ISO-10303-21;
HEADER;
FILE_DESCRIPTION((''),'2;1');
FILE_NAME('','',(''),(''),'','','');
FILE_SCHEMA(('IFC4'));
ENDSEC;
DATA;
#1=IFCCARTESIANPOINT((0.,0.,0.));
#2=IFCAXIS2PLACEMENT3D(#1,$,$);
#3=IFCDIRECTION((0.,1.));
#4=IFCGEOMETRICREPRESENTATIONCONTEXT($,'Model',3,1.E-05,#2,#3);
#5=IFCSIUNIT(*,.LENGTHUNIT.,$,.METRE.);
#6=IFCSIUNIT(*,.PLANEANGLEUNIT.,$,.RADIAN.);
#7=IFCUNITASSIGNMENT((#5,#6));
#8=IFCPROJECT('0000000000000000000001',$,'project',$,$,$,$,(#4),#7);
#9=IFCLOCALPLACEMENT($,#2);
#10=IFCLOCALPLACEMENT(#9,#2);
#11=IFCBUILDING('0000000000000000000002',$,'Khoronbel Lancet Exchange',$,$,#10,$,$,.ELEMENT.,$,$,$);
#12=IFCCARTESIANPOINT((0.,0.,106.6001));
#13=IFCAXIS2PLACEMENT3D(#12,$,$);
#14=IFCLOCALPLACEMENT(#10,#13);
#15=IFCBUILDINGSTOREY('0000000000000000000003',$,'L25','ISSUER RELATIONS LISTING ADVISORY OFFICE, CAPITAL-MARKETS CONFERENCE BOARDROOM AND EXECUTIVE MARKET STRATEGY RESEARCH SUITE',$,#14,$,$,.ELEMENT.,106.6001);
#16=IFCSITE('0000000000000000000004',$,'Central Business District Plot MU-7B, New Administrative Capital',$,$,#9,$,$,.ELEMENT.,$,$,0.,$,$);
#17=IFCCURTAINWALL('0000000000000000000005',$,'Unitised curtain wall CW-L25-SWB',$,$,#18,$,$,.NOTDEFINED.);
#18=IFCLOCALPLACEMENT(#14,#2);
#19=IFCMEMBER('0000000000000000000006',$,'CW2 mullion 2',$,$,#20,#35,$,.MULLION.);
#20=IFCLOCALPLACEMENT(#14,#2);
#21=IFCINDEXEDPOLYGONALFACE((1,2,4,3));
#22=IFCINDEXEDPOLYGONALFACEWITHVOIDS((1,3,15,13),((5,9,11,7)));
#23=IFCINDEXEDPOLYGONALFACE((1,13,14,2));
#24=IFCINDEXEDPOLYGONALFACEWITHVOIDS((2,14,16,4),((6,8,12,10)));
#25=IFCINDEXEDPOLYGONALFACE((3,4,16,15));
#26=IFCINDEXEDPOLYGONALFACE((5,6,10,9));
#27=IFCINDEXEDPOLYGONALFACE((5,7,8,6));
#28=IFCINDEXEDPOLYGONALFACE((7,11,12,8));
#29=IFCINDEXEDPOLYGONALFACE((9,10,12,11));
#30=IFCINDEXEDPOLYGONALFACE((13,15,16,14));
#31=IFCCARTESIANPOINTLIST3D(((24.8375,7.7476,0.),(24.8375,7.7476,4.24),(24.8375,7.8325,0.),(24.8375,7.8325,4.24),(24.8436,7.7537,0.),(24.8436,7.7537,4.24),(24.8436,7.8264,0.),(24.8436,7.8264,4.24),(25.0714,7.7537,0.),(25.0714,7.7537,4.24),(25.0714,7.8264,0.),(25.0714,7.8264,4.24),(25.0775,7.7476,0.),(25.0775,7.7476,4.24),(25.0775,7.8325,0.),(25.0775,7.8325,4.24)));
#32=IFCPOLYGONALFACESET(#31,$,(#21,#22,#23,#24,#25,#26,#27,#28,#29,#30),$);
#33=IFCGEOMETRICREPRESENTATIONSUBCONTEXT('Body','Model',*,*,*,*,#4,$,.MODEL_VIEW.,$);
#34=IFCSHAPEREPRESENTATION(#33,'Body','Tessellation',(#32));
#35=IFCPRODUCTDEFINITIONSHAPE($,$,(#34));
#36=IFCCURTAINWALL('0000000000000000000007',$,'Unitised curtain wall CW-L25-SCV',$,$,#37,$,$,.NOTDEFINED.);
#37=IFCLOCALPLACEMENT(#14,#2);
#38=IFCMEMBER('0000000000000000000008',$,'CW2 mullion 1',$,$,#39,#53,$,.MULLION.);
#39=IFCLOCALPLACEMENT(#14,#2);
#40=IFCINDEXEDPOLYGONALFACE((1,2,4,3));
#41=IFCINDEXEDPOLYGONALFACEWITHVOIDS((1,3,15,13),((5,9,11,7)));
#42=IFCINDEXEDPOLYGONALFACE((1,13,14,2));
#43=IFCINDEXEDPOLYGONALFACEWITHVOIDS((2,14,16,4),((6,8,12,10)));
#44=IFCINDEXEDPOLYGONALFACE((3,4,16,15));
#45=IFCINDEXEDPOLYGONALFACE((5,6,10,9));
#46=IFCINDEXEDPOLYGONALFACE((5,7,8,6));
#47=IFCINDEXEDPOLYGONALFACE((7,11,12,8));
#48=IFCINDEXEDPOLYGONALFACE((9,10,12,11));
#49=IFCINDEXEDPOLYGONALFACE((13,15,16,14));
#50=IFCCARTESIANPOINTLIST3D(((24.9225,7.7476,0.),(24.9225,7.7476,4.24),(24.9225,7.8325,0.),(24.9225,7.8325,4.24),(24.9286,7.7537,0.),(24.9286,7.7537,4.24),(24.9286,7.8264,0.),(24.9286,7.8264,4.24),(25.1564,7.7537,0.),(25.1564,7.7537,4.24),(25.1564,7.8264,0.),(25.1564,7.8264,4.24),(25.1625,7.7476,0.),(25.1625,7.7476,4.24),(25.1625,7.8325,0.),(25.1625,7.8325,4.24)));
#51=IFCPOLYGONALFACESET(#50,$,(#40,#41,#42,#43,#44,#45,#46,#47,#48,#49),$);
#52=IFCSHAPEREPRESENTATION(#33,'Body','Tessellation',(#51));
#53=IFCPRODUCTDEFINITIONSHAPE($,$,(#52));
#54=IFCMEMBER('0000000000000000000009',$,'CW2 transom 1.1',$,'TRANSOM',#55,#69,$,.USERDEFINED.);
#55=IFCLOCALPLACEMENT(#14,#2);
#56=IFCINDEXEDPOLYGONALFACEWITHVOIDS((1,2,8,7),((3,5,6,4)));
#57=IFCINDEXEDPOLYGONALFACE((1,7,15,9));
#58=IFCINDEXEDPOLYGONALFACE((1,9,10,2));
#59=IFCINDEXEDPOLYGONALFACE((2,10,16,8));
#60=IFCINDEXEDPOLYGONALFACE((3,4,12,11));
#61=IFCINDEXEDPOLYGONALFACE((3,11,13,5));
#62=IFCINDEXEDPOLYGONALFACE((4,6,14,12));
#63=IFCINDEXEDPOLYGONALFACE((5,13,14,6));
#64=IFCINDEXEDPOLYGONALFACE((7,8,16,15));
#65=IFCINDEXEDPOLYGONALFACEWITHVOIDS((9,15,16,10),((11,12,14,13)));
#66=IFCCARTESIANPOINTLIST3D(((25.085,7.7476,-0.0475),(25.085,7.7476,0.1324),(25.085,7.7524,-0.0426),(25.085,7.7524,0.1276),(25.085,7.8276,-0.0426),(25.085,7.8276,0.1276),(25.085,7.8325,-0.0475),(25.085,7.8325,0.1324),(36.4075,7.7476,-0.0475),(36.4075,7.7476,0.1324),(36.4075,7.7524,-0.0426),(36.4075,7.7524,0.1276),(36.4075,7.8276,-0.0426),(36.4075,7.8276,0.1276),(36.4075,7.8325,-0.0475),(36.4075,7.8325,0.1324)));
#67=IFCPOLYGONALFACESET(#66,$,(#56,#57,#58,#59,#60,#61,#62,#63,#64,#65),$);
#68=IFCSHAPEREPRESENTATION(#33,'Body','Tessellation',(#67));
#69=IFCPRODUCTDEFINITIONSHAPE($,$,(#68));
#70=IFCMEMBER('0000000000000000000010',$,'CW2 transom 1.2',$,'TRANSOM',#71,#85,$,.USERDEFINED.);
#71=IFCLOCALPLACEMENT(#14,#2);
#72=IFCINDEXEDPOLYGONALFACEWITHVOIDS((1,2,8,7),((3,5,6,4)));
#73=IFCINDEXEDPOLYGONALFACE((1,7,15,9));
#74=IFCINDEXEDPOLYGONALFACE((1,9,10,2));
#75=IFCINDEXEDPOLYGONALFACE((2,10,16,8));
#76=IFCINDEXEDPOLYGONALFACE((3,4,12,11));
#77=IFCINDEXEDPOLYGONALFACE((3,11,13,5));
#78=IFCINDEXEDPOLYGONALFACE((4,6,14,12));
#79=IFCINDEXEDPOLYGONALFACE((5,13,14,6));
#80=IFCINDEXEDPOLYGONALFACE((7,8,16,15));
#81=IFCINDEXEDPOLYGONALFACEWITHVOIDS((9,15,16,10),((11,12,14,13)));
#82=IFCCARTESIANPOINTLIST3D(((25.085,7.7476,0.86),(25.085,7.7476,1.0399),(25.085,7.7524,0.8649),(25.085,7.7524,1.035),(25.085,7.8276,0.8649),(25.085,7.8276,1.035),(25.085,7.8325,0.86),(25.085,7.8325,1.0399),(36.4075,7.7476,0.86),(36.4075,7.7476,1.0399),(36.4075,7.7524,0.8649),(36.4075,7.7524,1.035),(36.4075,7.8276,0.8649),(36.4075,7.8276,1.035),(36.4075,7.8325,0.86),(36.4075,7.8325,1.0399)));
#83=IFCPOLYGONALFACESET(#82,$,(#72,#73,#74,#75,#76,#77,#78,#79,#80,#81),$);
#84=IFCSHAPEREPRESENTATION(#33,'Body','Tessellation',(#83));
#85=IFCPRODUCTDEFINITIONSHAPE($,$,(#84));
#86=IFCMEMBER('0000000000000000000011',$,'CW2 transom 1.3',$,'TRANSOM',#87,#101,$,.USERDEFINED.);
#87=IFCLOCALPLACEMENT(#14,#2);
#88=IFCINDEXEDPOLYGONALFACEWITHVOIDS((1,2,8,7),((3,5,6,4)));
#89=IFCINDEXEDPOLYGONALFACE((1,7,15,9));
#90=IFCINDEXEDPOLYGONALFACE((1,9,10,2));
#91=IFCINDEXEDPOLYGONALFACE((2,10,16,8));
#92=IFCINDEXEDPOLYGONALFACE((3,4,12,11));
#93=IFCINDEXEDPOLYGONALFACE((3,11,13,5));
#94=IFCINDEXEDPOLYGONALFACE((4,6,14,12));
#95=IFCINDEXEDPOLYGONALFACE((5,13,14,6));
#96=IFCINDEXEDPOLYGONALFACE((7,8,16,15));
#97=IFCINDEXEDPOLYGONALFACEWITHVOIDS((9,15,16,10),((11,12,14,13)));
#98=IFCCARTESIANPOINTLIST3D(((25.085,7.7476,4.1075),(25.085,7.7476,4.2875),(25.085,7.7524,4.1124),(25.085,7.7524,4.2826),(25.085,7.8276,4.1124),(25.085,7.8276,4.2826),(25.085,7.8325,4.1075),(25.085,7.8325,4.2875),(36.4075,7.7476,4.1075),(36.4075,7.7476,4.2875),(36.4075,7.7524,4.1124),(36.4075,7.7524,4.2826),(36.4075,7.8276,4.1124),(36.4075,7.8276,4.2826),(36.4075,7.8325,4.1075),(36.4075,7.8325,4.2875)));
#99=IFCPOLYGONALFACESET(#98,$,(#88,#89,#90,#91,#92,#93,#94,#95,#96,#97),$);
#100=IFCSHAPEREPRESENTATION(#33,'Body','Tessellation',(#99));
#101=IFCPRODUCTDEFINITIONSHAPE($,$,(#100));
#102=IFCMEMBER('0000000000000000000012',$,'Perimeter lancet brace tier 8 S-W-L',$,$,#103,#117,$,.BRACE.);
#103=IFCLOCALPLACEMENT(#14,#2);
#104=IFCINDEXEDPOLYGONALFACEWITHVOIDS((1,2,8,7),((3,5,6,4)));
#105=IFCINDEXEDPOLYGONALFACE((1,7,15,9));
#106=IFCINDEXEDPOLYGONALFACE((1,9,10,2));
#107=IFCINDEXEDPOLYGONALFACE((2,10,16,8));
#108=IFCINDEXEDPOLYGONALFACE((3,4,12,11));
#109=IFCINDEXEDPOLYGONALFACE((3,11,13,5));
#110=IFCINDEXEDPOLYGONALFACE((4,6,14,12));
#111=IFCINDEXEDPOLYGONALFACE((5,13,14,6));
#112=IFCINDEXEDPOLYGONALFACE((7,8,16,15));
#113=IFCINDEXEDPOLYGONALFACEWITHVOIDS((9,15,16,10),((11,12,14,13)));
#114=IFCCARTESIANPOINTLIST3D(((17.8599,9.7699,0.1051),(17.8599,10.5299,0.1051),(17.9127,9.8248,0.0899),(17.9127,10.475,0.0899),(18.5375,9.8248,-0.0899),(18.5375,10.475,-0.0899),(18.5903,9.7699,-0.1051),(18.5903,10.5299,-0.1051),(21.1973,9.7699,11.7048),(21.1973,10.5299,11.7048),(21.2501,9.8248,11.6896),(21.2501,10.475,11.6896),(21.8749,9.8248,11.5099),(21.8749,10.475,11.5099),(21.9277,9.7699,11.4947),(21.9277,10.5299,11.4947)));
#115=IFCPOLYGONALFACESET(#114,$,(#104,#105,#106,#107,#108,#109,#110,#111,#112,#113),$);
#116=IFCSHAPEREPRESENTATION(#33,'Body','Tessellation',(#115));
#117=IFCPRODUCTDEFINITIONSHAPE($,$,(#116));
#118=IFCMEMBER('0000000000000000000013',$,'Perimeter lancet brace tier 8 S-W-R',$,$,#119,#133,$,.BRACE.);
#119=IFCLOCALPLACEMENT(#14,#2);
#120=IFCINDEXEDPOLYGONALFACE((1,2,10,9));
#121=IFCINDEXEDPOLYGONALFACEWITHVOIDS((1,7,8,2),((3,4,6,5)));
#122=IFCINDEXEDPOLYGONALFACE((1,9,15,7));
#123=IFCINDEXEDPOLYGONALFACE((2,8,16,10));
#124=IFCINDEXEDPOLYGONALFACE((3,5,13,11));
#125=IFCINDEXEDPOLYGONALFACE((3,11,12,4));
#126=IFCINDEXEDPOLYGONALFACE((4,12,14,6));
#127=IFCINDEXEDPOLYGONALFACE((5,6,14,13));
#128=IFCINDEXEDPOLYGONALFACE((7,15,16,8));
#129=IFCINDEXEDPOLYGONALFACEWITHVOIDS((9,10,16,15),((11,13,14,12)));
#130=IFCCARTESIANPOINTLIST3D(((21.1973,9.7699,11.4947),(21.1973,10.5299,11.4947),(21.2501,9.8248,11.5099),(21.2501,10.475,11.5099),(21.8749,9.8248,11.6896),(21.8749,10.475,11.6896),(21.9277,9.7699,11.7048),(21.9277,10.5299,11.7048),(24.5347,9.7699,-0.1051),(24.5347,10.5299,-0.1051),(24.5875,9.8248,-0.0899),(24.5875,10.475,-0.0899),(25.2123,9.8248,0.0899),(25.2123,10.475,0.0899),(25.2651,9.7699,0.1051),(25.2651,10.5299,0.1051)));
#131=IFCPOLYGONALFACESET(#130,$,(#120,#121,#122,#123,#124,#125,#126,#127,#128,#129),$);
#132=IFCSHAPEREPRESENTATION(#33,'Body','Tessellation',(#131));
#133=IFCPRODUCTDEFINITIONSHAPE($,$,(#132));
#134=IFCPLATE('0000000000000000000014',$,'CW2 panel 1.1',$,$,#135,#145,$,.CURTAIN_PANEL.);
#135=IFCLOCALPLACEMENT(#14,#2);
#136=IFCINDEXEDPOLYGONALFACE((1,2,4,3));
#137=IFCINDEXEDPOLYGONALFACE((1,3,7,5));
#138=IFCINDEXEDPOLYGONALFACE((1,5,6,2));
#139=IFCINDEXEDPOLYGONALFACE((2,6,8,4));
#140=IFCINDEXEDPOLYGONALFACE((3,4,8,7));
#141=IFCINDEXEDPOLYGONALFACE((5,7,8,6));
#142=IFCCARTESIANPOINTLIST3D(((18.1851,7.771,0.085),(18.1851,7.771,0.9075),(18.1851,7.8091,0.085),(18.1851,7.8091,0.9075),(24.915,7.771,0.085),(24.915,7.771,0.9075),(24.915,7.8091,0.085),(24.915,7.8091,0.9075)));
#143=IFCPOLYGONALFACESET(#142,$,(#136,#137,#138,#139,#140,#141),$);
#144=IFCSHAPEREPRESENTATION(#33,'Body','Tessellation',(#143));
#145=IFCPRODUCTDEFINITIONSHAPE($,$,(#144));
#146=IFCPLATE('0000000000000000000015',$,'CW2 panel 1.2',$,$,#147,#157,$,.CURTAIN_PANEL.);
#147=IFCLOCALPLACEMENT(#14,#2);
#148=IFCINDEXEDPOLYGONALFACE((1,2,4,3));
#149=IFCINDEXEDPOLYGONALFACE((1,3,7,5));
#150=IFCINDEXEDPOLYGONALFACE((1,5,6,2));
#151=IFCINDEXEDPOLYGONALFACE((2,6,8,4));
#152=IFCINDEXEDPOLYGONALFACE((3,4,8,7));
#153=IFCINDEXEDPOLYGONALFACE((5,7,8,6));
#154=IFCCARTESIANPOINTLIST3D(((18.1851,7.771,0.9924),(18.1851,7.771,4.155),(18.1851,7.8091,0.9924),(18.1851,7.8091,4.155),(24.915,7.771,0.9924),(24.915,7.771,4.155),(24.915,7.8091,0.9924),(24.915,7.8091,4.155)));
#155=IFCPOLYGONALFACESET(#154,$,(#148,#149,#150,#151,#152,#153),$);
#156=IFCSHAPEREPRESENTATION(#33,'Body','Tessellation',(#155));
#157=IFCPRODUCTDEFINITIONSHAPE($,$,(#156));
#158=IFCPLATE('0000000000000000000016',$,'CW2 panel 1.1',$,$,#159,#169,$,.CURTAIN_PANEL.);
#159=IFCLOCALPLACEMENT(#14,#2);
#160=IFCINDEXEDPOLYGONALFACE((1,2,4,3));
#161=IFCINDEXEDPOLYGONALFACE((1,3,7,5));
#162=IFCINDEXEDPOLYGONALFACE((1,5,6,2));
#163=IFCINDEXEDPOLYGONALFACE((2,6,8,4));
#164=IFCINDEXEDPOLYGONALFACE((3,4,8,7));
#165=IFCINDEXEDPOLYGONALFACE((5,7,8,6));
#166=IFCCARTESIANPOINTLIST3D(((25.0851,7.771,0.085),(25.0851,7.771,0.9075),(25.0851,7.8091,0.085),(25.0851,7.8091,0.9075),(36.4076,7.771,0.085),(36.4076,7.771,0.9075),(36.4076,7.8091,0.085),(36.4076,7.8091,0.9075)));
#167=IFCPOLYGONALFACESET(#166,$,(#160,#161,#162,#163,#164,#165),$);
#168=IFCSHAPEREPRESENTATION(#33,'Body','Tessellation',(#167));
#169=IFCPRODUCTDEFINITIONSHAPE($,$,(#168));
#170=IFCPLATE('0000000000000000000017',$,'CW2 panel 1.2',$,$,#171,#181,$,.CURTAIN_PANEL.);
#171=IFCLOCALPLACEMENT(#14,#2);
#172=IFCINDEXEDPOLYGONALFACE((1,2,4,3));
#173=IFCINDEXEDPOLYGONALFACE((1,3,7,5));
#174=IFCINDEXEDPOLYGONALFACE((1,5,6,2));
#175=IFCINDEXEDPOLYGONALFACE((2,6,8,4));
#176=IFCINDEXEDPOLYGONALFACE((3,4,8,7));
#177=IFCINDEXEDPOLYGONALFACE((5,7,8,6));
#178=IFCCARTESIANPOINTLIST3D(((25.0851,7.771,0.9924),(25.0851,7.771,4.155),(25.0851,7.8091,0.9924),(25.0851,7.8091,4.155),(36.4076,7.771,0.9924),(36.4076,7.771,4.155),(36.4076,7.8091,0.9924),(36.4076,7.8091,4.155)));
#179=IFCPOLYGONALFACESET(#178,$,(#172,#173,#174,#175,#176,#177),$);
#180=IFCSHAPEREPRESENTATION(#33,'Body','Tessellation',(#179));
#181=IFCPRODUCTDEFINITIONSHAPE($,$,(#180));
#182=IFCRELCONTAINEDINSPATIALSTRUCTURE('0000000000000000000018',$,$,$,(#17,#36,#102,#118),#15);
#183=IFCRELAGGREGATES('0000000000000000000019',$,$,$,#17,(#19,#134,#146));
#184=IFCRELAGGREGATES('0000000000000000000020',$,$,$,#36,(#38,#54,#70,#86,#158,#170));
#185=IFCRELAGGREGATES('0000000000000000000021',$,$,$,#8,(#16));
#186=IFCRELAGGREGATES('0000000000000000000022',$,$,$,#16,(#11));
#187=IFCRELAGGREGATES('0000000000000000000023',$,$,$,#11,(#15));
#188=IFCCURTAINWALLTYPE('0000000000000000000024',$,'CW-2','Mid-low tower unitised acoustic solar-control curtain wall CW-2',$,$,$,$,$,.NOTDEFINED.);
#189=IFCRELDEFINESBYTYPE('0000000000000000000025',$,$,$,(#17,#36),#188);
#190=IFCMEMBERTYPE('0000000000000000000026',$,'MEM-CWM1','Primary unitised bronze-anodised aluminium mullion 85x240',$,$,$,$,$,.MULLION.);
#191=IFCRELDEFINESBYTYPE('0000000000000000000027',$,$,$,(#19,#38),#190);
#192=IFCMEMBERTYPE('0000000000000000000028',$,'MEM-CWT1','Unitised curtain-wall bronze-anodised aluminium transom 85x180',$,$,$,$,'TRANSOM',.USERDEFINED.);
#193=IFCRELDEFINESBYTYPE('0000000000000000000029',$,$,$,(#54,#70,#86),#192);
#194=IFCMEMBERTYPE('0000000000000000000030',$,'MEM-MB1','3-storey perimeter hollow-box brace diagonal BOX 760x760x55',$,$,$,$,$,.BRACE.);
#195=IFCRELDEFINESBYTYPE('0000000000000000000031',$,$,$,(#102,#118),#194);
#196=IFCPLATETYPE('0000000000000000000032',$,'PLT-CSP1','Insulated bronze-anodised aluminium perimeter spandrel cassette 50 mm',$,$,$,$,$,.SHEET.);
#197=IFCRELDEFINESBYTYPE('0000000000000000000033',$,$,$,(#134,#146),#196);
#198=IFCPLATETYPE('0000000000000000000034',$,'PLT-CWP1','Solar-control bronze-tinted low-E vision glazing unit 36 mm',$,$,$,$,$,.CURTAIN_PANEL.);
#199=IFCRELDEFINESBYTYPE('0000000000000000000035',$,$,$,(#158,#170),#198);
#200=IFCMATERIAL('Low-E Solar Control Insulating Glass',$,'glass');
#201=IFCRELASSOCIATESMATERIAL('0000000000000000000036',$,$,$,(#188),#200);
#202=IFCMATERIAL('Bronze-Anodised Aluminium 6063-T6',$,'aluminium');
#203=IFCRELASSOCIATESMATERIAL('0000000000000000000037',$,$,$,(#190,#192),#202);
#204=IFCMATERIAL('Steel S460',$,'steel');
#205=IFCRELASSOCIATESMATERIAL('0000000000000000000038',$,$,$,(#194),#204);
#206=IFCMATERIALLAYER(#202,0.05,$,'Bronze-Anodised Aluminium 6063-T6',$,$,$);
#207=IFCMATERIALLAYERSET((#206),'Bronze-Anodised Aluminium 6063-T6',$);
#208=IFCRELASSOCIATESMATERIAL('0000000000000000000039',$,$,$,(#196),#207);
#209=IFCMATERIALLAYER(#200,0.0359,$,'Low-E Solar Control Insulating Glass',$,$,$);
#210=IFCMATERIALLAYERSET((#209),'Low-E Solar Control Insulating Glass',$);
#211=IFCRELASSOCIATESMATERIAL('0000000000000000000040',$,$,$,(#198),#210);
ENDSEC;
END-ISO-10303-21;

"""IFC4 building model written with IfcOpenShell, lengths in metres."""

from ifc_helpers import new_model, si_unit, direction, frame, origin, origin_2d, place, context, subcontext, project, spatial, rectangle, hollow_rectangle, extrude, material, layer, layer_set, material_profile, profile_set, type_object, element, aggregate, save


model = new_model("IFC4")

# Units and contexts
model_context = context("Model", 3, precision=1e-05, world=origin(), true_north=direction((0.0, 1.0)))
body_context = subcontext(model_context, "Body", "Model", "MODEL_VIEW")
ifc_project = project(units=[si_unit("LENGTHUNIT", "METRE"), si_unit("PLANEANGLEUNIT", "RADIAN")], contexts=[model_context])

# Site, building, storey
site_placement = place(None, origin())
site = spatial("IfcSite", under=ifc_project, at=site_placement, Name="Central Business District Plot MU-7B, New Administrative Capital", CompositionType="ELEMENT", RefElevation=0.0)
building_placement = place(site_placement, origin())
building = spatial("IfcBuilding", under=site, at=building_placement, Name="Khoronbel Lancet Exchange", CompositionType="ELEMENT")
storey_placement = place(building_placement, frame((0.0, 0.0, 106.6001)))
storey = spatial("IfcBuildingStorey", under=building, at=storey_placement, Name="L25", Description="ISSUER RELATIONS LISTING ADVISORY OFFICE, CAPITAL-MARKETS CONFERENCE BOARDROOM AND EXECUTIVE MARKET STRATEGY RESEARCH SUITE", CompositionType="ELEMENT", Elevation=106.6001)

# Shared definitions
ifc_material_1 = material(Name="Steel S460", Category="steel")

# Curtain wall, member
ifc_material_2 = material(Name="Low-E Solar Control Insulating Glass", Category="glass")
curtain_wall_type = type_object("IfcCurtainWallType", Name="CW-2", Description="Mid-low tower unitised acoustic solar-control curtain wall CW-2", PredefinedType="NOTDEFINED", material=ifc_material_2)
curtain_wall_1_placement = place(storey_placement, origin())
curtain_wall_1 = element("IfcCurtainWall", 1, at=curtain_wall_1_placement, inside=storey, type_object=curtain_wall_type, Name="Unitised curtain wall CW-L25-SWB", PredefinedType="NOTDEFINED")
ifc_material_3 = material(Name="Bronze-Anodised Aluminium 6063-T6", Category="aluminium")
ifc_material_profile_1 = material_profile(ifc_material_3, hollow_rectangle(XDim=0.085, YDim=0.24, WallThickness=0.0061, at=origin_2d()), Name="ALU MULLION 85x240")
ifc_profile_set_1 = profile_set([ifc_material_profile_1], Name="Bronze-Anodised Aluminium 6063-T6")
member_type_1 = type_object("IfcMemberType", Name="MEM-CWM1", Description="Primary unitised bronze-anodised aluminium mullion 85x240", PredefinedType="MULLION", material=ifc_profile_set_1)
member_1_placement = place(storey_placement, frame((24.9575, 7.79, 0.0), z_axis=(0.0, 0.0, 1.0), x_axis=(0.0, 1.0, 0.0)))
member_1 = element("IfcMember", 2, at=member_1_placement, type_object=member_type_1, Name="CW2 mullion 2", PredefinedType="MULLION", context=body_context, shape_type="SweptSolid", body=[
    extrude(hollow_rectangle(XDim=0.085, YDim=0.24, WallThickness=0.0061, at=origin_2d()), origin(), (0.0, 0.0, 1.0), 4.24),
])

# Curtain wall, members
curtain_wall_2_placement = place(storey_placement, origin())
curtain_wall_2 = element("IfcCurtainWall", 3, at=curtain_wall_2_placement, inside=storey, type_object=curtain_wall_type, Name="Unitised curtain wall CW-L25-SCV", PredefinedType="NOTDEFINED")
member_2_placement = place(storey_placement, frame((25.0425, 7.79, 0.0), z_axis=(0.0, 0.0, 1.0), x_axis=(0.0, 1.0, 0.0)))
member_2 = element("IfcMember", 4, at=member_2_placement, type_object=member_type_1, Name="CW2 mullion 1", PredefinedType="MULLION", context=body_context, shape_type="SweptSolid", body=[
    extrude(hollow_rectangle(XDim=0.085, YDim=0.24, WallThickness=0.0061, at=origin_2d()), origin(), (0.0, 0.0, 1.0), 4.24),
])
ifc_material_profile_2 = material_profile(ifc_material_3, hollow_rectangle(XDim=0.085, YDim=0.1799, WallThickness=0.0049, at=origin_2d()), Name="ALU TRANSOM 85x180")
ifc_profile_set_2 = profile_set([ifc_material_profile_2], Name="Bronze-Anodised Aluminium 6063-T6")
member_type_2 = type_object("IfcMemberType", Name="MEM-CWT1", Description="Unitised curtain-wall bronze-anodised aluminium transom 85x180", ElementType="TRANSOM", PredefinedType="USERDEFINED", material=ifc_profile_set_2)
member_3_placement = place(storey_placement, frame((25.085, 7.79, 0.0425), z_axis=(1.0, 0.0, 0.0), x_axis=(0.0, 1.0, 0.0)))
member_3 = element("IfcMember", 5, at=member_3_placement, type_object=member_type_2, Name="CW2 transom 1.1", ObjectType="TRANSOM", PredefinedType="USERDEFINED", context=body_context, shape_type="SweptSolid", body=[
    extrude(hollow_rectangle(XDim=0.085, YDim=0.1799, WallThickness=0.0049, at=origin_2d()), origin(), (0.0, 0.0, 1.0), 11.3225),
])
member_4_placement = place(storey_placement, frame((25.085, 7.79, 0.95), z_axis=(1.0, 0.0, 0.0), x_axis=(0.0, 1.0, 0.0)))
member_4 = element("IfcMember", 6, at=member_4_placement, type_object=member_type_2, Name="CW2 transom 1.2", ObjectType="TRANSOM", PredefinedType="USERDEFINED", context=body_context, shape_type="SweptSolid", body=[
    extrude(hollow_rectangle(XDim=0.085, YDim=0.1799, WallThickness=0.0049, at=origin_2d()), origin(), (0.0, 0.0, 1.0), 11.3225),
])
member_5_placement = place(storey_placement, frame((25.085, 7.79, 4.1975), z_axis=(1.0, 0.0, 0.0), x_axis=(0.0, 1.0, 0.0)))
member_5 = element("IfcMember", 7, at=member_5_placement, type_object=member_type_2, Name="CW2 transom 1.3", ObjectType="TRANSOM", PredefinedType="USERDEFINED", context=body_context, shape_type="SweptSolid", body=[
    extrude(hollow_rectangle(XDim=0.085, YDim=0.1799, WallThickness=0.0049, at=origin_2d()), origin(), (0.0, 0.0, 1.0), 11.3225),
])

# Members
ifc_material_profile_3 = material_profile(ifc_material_1, hollow_rectangle(XDim=0.76, YDim=0.76, WallThickness=0.0549, at=origin_2d()), Name="BOX 760x760x55")
ifc_profile_set_3 = profile_set([ifc_material_profile_3], Name="Steel S460")
member_type_3 = type_object("IfcMemberType", Name="MEM-MB1", Description="3-storey perimeter hollow-box brace diagonal BOX 760x760x55", PredefinedType="BRACE", material=ifc_profile_set_3)
for number, where, z_axis, x_axis, name in (
    (8, (18.2251, 10.1499, 0.0), (0.276494, 0.0, 0.961016), (0.0, 1.0, 0.0), "Perimeter lancet brace tier 8 S-W-L"),
    (9, (24.8999, 10.1499, 0.0), (-0.276494, 0.0, 0.961016), (0.0, -1.0, 0.0), "Perimeter lancet brace tier 8 S-W-R"),
):
    element("IfcMember", number, at=place(storey_placement, frame(where, z_axis=z_axis, x_axis=x_axis)), inside=storey, type_object=member_type_3, Name=name, PredefinedType="BRACE", context=body_context, shape_type="SweptSolid", body=[
        extrude(hollow_rectangle(XDim=0.76, YDim=0.76, WallThickness=0.0549, at=origin_2d()), origin(), (0.0, 0.0, 1.0), 12.0703),
    ])

# Plates
ifc_layer_1 = layer(ifc_material_3, 0.05, Name="Bronze-Anodised Aluminium 6063-T6")
ifc_layer_set_1 = layer_set([ifc_layer_1], Name="Bronze-Anodised Aluminium 6063-T6")
plate_type_1 = type_object("IfcPlateType", Name="PLT-CSP1", Description="Insulated bronze-anodised aluminium perimeter spandrel cassette 50 mm", PredefinedType="SHEET", material=ifc_layer_set_1)
plate_1_placement = place(storey_placement, frame((21.55, 7.79, 0.085), z_axis=(0.0, 0.0, 1.0), x_axis=(1.0, 0.0, 0.0)))
plate_1 = element("IfcPlate", 10, at=plate_1_placement, type_object=plate_type_1, Name="CW2 panel 1.1", PredefinedType="CURTAIN_PANEL", context=body_context, shape_type="SweptSolid", body=[
    extrude(rectangle(XDim=6.73, YDim=0.0381, at=origin_2d()), origin(), (0.0, 0.0, 1.0), 0.8225),
])
plate_2_placement = place(storey_placement, frame((21.55, 7.79, 0.9924), z_axis=(0.0, 0.0, 1.0), x_axis=(1.0, 0.0, 0.0)))
plate_2 = element("IfcPlate", 11, at=plate_2_placement, type_object=plate_type_1, Name="CW2 panel 1.2", PredefinedType="CURTAIN_PANEL", context=body_context, shape_type="SweptSolid", body=[
    extrude(rectangle(XDim=6.73, YDim=0.0381, at=origin_2d()), origin(), (0.0, 0.0, 1.0), 3.1626),
])
aggregate(curtain_wall_1, [member_1, plate_1, plate_2])
ifc_layer_2 = layer(ifc_material_2, 0.0359, Name="Low-E Solar Control Insulating Glass")
ifc_layer_set_2 = layer_set([ifc_layer_2], Name="Low-E Solar Control Insulating Glass")
plate_type_2 = type_object("IfcPlateType", Name="PLT-CWP1", Description="Solar-control bronze-tinted low-E vision glazing unit 36 mm", PredefinedType="CURTAIN_PANEL", material=ifc_layer_set_2)
plate_3_placement = place(storey_placement, frame((30.7463, 7.79, 0.085), z_axis=(0.0, 0.0, 1.0), x_axis=(1.0, 0.0, 0.0)))
plate_3 = element("IfcPlate", 12, at=plate_3_placement, type_object=plate_type_2, Name="CW2 panel 1.1", PredefinedType="CURTAIN_PANEL", context=body_context, shape_type="SweptSolid", body=[
    extrude(rectangle(XDim=11.3225, YDim=0.0381, at=origin_2d()), origin(), (0.0, 0.0, 1.0), 0.8225),
])
plate_4_placement = place(storey_placement, frame((30.7463, 7.79, 0.9924), z_axis=(0.0, 0.0, 1.0), x_axis=(1.0, 0.0, 0.0)))
plate_4 = element("IfcPlate", 13, at=plate_4_placement, type_object=plate_type_2, Name="CW2 panel 1.2", PredefinedType="CURTAIN_PANEL", context=body_context, shape_type="SweptSolid", body=[
    extrude(rectangle(XDim=11.3225, YDim=0.0381, at=origin_2d()), origin(), (0.0, 0.0, 1.0), 3.1626),
])
aggregate(curtain_wall_2, [member_2, member_3, member_4, member_5, plate_3, plate_4])

save(model, "model.ifc")
